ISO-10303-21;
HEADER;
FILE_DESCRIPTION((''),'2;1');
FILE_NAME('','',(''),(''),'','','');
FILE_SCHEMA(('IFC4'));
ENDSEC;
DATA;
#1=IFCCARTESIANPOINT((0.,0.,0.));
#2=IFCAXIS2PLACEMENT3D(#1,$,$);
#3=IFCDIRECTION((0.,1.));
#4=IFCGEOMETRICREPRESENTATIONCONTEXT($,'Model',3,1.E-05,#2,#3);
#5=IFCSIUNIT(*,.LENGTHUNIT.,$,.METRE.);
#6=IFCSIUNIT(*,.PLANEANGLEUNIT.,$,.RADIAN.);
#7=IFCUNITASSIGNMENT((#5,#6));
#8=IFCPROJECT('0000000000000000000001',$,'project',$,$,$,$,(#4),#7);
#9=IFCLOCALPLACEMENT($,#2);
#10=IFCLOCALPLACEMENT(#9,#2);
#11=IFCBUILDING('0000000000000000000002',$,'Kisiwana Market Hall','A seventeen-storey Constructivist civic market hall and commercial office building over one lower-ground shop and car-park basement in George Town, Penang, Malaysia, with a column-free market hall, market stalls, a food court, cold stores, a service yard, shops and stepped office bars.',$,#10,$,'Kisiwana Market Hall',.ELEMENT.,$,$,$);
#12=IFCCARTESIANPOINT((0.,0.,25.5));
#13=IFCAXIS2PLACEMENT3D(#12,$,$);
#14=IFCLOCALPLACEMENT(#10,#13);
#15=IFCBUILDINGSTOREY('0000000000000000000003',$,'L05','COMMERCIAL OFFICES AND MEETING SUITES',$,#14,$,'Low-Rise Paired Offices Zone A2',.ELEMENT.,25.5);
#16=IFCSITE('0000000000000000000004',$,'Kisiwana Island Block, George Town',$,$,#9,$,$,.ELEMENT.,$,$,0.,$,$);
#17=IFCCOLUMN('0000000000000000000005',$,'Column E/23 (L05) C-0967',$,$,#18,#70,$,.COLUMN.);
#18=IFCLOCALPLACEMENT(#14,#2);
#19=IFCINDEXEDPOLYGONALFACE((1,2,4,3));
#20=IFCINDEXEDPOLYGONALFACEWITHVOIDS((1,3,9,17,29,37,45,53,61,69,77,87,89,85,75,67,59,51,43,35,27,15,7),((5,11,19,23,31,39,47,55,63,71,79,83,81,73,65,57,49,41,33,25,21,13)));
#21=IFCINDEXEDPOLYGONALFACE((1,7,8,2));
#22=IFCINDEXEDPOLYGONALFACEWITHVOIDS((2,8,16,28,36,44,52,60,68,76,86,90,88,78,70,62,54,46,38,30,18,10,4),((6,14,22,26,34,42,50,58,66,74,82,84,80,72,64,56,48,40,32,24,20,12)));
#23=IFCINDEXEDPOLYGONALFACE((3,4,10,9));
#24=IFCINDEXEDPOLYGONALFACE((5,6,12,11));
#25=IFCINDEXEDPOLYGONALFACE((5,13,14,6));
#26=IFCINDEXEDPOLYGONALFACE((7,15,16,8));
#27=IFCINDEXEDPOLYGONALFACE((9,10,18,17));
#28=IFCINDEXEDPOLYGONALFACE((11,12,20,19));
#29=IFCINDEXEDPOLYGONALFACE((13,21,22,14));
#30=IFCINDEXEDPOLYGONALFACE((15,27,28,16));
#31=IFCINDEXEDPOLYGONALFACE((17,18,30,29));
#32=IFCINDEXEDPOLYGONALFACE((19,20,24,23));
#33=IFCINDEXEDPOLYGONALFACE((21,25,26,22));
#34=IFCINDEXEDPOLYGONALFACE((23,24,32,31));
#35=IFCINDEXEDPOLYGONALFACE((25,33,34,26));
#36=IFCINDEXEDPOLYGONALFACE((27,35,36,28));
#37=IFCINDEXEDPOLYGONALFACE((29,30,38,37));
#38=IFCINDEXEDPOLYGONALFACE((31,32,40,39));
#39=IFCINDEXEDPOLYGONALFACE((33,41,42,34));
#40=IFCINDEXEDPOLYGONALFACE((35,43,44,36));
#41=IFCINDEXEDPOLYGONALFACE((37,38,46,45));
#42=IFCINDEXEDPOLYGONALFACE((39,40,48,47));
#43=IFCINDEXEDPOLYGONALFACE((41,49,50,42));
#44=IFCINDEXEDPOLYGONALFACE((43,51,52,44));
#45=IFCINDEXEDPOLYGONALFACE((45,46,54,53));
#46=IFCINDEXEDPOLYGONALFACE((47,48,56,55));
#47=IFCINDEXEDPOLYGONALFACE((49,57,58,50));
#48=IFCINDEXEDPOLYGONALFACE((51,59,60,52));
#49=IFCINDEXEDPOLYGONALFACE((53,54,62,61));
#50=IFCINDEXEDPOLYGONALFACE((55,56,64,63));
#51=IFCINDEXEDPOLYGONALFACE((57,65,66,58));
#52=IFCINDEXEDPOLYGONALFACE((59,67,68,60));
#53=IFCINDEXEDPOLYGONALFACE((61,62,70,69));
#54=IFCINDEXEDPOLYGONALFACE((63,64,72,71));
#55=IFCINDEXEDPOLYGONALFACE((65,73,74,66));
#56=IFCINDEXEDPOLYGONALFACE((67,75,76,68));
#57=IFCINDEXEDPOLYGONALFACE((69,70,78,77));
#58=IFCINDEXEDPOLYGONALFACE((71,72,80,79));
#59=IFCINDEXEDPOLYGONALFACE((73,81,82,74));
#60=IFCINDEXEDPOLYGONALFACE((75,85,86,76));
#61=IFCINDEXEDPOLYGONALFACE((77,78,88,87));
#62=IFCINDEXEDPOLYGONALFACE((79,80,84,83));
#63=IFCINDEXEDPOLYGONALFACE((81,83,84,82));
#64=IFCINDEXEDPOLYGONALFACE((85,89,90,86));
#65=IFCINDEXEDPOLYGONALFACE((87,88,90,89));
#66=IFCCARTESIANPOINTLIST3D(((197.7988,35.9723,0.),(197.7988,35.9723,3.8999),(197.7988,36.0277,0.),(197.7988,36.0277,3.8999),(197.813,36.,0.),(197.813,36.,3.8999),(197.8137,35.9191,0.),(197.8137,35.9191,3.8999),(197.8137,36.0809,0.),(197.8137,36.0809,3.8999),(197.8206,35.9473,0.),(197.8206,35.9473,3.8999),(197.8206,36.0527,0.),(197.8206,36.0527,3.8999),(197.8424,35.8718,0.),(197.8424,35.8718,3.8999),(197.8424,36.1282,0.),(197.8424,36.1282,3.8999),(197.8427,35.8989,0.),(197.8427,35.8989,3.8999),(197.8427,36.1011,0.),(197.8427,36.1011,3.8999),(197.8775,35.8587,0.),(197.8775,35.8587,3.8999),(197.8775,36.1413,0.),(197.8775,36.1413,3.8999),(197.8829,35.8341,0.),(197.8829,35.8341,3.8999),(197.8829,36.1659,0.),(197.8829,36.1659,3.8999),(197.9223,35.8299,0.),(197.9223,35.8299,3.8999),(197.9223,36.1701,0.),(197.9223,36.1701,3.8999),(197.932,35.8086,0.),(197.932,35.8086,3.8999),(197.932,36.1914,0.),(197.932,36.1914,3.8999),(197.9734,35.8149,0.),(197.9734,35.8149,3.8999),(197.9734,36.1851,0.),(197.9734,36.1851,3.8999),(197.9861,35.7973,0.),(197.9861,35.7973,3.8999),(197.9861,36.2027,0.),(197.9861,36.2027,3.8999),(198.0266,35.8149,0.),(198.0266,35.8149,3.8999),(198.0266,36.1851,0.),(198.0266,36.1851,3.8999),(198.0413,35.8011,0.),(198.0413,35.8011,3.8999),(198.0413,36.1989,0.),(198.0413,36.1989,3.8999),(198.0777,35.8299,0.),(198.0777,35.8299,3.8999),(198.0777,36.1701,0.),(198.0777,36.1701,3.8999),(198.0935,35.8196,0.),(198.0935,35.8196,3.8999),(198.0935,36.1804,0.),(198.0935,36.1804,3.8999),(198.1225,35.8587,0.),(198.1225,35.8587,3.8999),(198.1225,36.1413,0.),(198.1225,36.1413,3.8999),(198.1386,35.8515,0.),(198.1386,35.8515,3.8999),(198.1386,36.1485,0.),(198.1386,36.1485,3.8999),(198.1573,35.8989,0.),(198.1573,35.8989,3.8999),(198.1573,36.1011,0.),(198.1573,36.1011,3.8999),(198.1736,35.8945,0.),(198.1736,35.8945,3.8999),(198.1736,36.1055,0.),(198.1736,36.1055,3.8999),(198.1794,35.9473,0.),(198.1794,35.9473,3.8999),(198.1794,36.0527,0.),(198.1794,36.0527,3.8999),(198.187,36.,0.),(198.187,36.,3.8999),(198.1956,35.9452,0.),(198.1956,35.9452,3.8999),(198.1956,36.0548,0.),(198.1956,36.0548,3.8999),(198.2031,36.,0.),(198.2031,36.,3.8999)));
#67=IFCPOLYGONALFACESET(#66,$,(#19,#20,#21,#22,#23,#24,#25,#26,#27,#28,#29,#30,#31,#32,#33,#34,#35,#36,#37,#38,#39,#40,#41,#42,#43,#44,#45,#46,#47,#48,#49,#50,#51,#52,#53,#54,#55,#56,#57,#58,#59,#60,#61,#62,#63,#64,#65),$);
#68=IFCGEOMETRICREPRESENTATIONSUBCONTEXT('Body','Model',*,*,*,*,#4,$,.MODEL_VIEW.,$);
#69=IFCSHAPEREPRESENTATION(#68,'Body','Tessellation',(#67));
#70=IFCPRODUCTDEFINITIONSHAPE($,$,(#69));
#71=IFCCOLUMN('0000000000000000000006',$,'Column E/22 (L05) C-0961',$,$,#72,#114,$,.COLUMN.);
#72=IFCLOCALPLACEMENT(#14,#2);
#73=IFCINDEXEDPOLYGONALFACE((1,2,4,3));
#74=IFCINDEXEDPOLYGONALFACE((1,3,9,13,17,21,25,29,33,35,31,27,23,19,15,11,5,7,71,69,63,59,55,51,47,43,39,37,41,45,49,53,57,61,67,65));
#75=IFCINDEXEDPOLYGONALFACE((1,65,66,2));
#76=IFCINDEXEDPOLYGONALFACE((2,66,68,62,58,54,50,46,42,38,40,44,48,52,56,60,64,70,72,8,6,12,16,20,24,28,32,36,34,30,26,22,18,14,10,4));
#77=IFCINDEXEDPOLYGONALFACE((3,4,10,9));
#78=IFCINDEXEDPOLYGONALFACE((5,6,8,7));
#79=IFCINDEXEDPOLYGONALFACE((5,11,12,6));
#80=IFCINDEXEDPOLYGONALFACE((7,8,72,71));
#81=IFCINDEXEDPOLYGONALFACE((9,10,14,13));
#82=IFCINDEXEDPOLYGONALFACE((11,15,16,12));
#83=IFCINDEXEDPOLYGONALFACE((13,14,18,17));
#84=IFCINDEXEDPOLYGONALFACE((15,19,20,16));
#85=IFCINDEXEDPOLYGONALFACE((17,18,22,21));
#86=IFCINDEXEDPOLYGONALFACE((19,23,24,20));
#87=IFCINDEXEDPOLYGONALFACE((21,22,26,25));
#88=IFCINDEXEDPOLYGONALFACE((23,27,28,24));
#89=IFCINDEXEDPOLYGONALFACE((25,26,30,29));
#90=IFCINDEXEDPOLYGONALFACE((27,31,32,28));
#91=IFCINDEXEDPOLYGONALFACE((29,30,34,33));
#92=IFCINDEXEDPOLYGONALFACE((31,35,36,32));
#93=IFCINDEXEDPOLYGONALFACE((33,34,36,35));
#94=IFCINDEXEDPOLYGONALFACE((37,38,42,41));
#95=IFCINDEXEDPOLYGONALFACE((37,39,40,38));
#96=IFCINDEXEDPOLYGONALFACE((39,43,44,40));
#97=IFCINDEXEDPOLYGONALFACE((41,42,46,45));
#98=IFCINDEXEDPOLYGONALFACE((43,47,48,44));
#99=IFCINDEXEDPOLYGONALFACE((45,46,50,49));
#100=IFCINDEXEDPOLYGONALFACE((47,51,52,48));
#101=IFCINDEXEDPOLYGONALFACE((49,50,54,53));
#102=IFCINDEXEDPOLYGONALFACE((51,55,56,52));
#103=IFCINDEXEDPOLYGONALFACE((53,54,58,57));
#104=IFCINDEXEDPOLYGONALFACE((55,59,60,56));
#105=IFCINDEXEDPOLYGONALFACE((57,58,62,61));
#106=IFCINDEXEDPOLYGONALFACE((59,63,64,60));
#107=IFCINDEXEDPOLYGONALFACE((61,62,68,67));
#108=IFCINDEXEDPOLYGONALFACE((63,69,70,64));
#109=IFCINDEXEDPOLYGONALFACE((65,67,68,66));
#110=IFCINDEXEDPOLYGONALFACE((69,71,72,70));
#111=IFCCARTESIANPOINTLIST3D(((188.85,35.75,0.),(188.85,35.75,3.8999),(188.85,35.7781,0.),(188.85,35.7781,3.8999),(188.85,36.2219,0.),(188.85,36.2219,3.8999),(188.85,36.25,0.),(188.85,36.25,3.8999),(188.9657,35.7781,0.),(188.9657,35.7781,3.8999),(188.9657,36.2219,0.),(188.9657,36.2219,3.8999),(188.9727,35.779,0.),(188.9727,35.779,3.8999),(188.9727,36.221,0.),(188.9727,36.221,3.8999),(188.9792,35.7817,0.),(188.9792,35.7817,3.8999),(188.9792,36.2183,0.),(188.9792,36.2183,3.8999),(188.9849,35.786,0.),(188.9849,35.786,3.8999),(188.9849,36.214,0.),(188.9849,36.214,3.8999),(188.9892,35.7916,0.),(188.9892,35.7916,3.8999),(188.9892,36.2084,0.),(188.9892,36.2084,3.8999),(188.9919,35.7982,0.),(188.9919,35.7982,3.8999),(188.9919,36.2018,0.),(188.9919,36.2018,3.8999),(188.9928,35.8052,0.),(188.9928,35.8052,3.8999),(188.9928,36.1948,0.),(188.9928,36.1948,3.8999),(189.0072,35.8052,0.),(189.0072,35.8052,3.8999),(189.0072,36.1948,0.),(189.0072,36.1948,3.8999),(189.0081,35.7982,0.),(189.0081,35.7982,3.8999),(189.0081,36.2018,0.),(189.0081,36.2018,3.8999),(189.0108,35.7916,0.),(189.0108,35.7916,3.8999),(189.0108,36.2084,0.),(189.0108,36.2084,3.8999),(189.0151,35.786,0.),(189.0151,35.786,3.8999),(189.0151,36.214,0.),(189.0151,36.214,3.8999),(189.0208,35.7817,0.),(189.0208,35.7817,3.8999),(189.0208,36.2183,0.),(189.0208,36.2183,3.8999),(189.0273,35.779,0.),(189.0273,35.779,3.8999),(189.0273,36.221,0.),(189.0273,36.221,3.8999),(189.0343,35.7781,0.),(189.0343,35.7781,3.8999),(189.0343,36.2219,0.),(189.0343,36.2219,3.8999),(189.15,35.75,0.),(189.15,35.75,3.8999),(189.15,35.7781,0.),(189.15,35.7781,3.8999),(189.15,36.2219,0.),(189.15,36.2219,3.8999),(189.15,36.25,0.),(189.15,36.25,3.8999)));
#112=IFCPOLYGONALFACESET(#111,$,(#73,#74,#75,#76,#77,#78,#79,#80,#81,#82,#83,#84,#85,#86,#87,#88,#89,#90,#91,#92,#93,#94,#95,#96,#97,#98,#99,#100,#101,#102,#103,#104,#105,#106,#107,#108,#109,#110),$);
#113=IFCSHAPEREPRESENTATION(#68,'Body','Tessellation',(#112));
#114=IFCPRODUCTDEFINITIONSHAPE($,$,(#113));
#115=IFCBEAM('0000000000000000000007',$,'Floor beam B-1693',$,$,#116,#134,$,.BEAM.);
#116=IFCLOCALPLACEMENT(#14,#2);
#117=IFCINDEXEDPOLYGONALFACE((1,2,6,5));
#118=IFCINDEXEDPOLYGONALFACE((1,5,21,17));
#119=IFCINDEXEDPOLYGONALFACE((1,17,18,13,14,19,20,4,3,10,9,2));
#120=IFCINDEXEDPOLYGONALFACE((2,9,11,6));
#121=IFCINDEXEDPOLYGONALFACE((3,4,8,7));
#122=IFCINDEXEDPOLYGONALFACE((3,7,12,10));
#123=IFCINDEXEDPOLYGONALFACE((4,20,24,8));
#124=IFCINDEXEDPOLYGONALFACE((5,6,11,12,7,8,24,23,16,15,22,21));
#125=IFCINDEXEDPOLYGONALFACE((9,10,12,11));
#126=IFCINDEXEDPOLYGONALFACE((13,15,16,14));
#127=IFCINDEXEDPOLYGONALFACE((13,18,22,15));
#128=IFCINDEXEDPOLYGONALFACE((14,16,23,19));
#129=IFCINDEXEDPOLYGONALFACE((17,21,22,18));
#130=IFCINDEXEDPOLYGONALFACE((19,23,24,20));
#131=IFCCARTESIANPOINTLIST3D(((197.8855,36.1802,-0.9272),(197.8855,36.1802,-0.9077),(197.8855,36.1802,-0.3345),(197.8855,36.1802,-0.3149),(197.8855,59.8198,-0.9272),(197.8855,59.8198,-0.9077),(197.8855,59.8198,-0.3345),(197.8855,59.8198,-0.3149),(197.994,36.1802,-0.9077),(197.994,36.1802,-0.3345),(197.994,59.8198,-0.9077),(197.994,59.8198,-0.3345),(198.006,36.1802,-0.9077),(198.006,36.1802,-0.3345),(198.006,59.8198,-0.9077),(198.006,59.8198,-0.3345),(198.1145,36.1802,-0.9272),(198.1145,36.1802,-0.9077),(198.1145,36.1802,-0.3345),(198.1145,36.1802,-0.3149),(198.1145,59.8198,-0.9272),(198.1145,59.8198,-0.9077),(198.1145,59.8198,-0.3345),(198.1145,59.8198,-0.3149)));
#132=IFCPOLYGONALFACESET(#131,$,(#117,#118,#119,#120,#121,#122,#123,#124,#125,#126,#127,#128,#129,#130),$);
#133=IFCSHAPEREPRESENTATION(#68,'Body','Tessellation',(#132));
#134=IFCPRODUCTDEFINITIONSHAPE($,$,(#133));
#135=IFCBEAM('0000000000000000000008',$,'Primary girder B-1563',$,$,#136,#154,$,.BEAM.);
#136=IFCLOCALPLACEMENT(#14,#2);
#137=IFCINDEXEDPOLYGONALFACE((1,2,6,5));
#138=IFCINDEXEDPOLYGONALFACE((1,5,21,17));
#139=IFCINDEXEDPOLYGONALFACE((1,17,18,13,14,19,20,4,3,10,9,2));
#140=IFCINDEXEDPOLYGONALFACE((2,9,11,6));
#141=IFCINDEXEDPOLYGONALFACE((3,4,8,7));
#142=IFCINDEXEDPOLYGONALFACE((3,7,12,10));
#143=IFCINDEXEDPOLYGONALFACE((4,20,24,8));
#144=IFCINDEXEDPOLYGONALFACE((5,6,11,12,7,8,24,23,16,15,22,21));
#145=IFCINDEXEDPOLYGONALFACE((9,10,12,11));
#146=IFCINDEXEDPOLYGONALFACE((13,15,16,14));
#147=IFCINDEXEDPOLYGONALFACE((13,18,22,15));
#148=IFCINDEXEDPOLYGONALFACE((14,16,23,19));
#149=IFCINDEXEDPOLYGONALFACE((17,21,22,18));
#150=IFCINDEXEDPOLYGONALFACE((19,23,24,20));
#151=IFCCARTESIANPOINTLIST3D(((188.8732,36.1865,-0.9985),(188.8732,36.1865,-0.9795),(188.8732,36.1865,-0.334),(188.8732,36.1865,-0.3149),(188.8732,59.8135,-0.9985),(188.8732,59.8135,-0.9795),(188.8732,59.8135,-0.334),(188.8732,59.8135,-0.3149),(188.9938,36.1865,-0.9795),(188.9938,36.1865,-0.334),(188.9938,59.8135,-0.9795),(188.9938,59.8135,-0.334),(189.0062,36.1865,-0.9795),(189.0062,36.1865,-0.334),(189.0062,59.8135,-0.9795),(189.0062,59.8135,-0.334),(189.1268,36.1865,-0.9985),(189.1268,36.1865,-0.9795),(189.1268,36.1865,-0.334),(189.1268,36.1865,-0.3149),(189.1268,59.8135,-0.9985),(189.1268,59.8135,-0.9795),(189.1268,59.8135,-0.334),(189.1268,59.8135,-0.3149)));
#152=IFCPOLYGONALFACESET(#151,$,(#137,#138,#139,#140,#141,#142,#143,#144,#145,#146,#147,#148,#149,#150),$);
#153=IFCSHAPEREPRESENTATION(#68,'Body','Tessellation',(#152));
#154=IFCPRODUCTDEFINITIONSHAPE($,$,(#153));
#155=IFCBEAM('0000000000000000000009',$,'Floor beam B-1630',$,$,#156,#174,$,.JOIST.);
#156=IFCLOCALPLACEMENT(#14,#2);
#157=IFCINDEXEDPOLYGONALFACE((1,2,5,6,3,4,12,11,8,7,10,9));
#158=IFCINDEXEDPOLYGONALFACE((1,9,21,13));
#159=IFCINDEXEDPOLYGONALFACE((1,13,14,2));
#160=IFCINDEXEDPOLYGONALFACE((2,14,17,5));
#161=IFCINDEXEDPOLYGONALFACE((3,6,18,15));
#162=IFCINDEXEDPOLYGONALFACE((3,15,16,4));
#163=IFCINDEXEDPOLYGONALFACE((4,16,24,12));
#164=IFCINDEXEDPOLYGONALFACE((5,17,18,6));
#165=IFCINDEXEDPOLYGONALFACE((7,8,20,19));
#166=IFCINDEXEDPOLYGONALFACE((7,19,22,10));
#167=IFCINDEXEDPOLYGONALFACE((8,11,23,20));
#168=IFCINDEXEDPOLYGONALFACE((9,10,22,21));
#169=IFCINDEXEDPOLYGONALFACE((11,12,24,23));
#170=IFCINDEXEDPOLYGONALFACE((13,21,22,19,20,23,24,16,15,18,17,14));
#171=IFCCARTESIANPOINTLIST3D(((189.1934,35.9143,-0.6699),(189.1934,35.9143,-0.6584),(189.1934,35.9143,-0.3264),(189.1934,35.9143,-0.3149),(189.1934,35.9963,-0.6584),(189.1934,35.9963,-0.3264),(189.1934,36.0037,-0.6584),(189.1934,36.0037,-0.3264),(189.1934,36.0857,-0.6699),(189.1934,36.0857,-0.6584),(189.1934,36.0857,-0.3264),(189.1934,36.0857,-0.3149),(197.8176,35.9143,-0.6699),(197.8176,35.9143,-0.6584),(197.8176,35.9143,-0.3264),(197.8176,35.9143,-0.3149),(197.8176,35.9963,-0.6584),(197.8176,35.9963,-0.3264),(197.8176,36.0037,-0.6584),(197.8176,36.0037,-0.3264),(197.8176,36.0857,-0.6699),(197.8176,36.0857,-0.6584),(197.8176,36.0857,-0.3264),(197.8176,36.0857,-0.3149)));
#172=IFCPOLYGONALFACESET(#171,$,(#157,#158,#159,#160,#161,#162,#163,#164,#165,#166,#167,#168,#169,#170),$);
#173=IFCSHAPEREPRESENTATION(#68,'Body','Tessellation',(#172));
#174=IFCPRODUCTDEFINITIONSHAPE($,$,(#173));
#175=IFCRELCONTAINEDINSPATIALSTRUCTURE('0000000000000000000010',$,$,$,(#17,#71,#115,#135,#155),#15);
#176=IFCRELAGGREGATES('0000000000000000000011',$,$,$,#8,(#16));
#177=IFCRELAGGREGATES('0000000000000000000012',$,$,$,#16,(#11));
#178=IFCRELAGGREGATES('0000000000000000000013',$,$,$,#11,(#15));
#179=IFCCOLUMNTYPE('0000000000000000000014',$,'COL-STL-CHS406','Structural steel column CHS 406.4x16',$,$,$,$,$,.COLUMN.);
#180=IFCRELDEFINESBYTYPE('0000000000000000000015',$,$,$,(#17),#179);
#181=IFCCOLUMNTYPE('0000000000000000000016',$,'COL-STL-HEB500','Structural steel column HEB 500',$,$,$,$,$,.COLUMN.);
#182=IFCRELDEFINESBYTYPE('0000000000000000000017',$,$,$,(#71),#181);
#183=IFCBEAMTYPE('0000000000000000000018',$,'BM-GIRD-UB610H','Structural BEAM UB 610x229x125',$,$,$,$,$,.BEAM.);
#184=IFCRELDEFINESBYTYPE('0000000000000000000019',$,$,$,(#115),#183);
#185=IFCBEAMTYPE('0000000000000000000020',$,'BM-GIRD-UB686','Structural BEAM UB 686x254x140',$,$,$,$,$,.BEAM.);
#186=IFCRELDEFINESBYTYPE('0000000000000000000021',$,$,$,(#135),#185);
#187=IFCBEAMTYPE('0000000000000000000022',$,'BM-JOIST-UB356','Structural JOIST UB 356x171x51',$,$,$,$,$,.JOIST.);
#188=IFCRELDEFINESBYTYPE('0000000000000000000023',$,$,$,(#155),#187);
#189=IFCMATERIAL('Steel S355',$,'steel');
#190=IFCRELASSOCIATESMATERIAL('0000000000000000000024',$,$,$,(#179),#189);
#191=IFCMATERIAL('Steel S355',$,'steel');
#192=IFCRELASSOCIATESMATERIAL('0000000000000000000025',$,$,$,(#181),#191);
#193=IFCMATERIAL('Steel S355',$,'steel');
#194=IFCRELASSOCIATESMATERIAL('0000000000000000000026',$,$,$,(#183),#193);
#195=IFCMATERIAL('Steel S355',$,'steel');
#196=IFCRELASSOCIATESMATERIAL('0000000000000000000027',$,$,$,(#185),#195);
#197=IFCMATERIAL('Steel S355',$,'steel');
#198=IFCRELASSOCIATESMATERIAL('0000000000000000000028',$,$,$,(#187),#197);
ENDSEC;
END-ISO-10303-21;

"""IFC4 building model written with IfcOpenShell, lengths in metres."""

from ifc_helpers import new_model, si_unit, direction, frame, origin, origin_2d, place, context, subcontext, project, spatial, hollow_circle, i_section, extrude, material, material_profile, profile_set, type_object, element, save


model = new_model("IFC4")

# Units and contexts
model_context = context("Model", 3, precision=1e-05, world=origin(), true_north=direction((0.0, 1.0)))
body_context = subcontext(model_context, "Body", "Model", "MODEL_VIEW")
ifc_project = project(units=[si_unit("LENGTHUNIT", "METRE"), si_unit("PLANEANGLEUNIT", "RADIAN")], contexts=[model_context])

# Site, building, storey
site_placement = place(None, origin())
site = spatial("IfcSite", under=ifc_project, at=site_placement, Name="Kisiwana Island Block, George Town", CompositionType="ELEMENT", RefElevation=0.0)
building_placement = place(site_placement, origin())
building = spatial("IfcBuilding", under=site, at=building_placement, Name="Kisiwana Market Hall", Description="A seventeen-storey Constructivist civic market hall and commercial office building over one lower-ground shop and car-park basement in George Town, Penang, Malaysia, with a column-free market hall, market stalls, a food court, cold stores, a service yard, shops and stepped office bars.", LongName="Kisiwana Market Hall", CompositionType="ELEMENT")
storey_placement = place(building_placement, frame((0.0, 0.0, 25.5)))
storey = spatial("IfcBuildingStorey", under=building, at=storey_placement, Name="L05", Description="COMMERCIAL OFFICES AND MEETING SUITES", LongName="Low-Rise Paired Offices Zone A2", CompositionType="ELEMENT", Elevation=25.5)

# Columns
ifc_material_1 = material(Name="Steel S355", Category="steel")
ifc_material_profile_1 = material_profile(ifc_material_1, hollow_circle(Radius=0.2031, WallThickness=0.0161, at=origin_2d()), Name="CHS 406.4x16")
ifc_profile_set_1 = profile_set([ifc_material_profile_1], Name="Steel S355")
column_type_1 = type_object("IfcColumnType", Name="COL-STL-CHS406", Description="Structural steel column CHS 406.4x16", PredefinedType="COLUMN", material=ifc_profile_set_1)
column_1_placement = place(storey_placement, frame((198.0, 36.0, 0.0), z_axis=(0.0, 0.0, 1.0), x_axis=(1.0, 0.0, 0.0)))
element("IfcColumn", 1, at=column_1_placement, inside=storey, type_object=column_type_1, Name="Column E/23 (L05) C-0967", PredefinedType="COLUMN", context=body_context, shape_type="SweptSolid", body=[
    extrude(hollow_circle(Radius=0.2031, WallThickness=0.0161, at=origin_2d()), origin(), (0.0, 0.0, 1.0), 3.8999),
])
ifc_material_2 = material(Name="Steel S355", Category="steel")
ifc_material_profile_2 = material_profile(ifc_material_2, i_section(OverallWidth=0.3, OverallDepth=0.5, WebThickness=0.0144, FlangeThickness=0.0281, FilletRadius=0.0271, at=origin_2d()), Name="HEB 500")
ifc_profile_set_2 = profile_set([ifc_material_profile_2], Name="Steel S355")
column_type_2 = type_object("IfcColumnType", Name="COL-STL-HEB500", Description="Structural steel column HEB 500", PredefinedType="COLUMN", material=ifc_profile_set_2)
column_2_placement = place(storey_placement, frame((189.0, 36.0, 0.0), z_axis=(0.0, 0.0, 1.0), x_axis=(1.0, 0.0, 0.0)))
element("IfcColumn", 2, at=column_2_placement, inside=storey, type_object=column_type_2, Name="Column E/22 (L05) C-0961", PredefinedType="COLUMN", context=body_context, shape_type="SweptSolid", body=[
    extrude(i_section(OverallWidth=0.3, OverallDepth=0.5, WebThickness=0.0144, FlangeThickness=0.0281, FilletRadius=0.0271, at=origin_2d()), origin(), (0.0, 0.0, 1.0), 3.8999),
])

# Beams
ifc_material_3 = material(Name="Steel S355", Category="steel")
ifc_material_profile_3 = material_profile(ifc_material_3, i_section(OverallWidth=0.229, OverallDepth=0.6123, WebThickness=0.012, FlangeThickness=0.0195, at=origin_2d()), Name="UB 610x229x125")
ifc_profile_set_3 = profile_set([ifc_material_profile_3], Name="Steel S355")
beam_type_1 = type_object("IfcBeamType", Name="BM-GIRD-UB610H", Description="Structural BEAM UB 610x229x125", PredefinedType="BEAM", material=ifc_profile_set_3)
beam_1_placement = place(storey_placement, frame((198.0, 36.1802, -0.6211), z_axis=(0.0, 1.0, 0.0), x_axis=(-1.0, 0.0, 0.0)))
element("IfcBeam", 3, at=beam_1_placement, inside=storey, type_object=beam_type_1, Name="Floor beam B-1693", PredefinedType="BEAM", context=body_context, shape_type="SweptSolid", body=[
    extrude(i_section(OverallWidth=0.229, OverallDepth=0.6123, WebThickness=0.012, FlangeThickness=0.0195, at=origin_2d()), origin(), (0.0, 0.0, 1.0), 23.6396),
])
ifc_material_4 = material(Name="Steel S355", Category="steel")
ifc_material_profile_4 = material_profile(ifc_material_4, i_section(OverallWidth=0.2537, OverallDepth=0.6836, WebThickness=0.0125, FlangeThickness=0.019, at=origin_2d()), Name="UB 686x254x140")
ifc_profile_set_4 = profile_set([ifc_material_profile_4], Name="Steel S355")
beam_type_2 = type_object("IfcBeamType", Name="BM-GIRD-UB686", Description="Structural BEAM UB 686x254x140", PredefinedType="BEAM", material=ifc_profile_set_4)
beam_2_placement = place(storey_placement, frame((189.0, 36.1865, -0.6567), z_axis=(0.0, 1.0, 0.0), x_axis=(-1.0, 0.0, 0.0)))
element("IfcBeam", 4, at=beam_2_placement, inside=storey, type_object=beam_type_2, Name="Primary girder B-1563", PredefinedType="BEAM", context=body_context, shape_type="SweptSolid", body=[
    extrude(i_section(OverallWidth=0.2537, OverallDepth=0.6836, WebThickness=0.0125, FlangeThickness=0.019, at=origin_2d()), origin(), (0.0, 0.0, 1.0), 23.627),
])
ifc_material_5 = material(Name="Steel S355", Category="steel")
ifc_material_profile_5 = material_profile(ifc_material_5, i_section(OverallWidth=0.1714, OverallDepth=0.355, WebThickness=0.0073, FlangeThickness=0.0115, at=origin_2d()), Name="UB 356x171x51")
ifc_profile_set_5 = profile_set([ifc_material_profile_5], Name="Steel S355")
beam_type_3 = type_object("IfcBeamType", Name="BM-JOIST-UB356", Description="Structural JOIST UB 356x171x51", PredefinedType="JOIST", material=ifc_profile_set_5)
beam_3_placement = place(storey_placement, frame((189.1934, 36.0, -0.4924), z_axis=(1.0, 0.0, 0.0), x_axis=(0.0, 1.0, 0.0)))
element("IfcBeam", 5, at=beam_3_placement, inside=storey, type_object=beam_type_3, Name="Floor beam B-1630", PredefinedType="JOIST", context=body_context, shape_type="SweptSolid", body=[
    extrude(i_section(OverallWidth=0.1714, OverallDepth=0.355, WebThickness=0.0073, FlangeThickness=0.0115, at=origin_2d()), origin(), (0.0, 0.0, 1.0), 8.6243),
])

save(model, "model.ifc")
